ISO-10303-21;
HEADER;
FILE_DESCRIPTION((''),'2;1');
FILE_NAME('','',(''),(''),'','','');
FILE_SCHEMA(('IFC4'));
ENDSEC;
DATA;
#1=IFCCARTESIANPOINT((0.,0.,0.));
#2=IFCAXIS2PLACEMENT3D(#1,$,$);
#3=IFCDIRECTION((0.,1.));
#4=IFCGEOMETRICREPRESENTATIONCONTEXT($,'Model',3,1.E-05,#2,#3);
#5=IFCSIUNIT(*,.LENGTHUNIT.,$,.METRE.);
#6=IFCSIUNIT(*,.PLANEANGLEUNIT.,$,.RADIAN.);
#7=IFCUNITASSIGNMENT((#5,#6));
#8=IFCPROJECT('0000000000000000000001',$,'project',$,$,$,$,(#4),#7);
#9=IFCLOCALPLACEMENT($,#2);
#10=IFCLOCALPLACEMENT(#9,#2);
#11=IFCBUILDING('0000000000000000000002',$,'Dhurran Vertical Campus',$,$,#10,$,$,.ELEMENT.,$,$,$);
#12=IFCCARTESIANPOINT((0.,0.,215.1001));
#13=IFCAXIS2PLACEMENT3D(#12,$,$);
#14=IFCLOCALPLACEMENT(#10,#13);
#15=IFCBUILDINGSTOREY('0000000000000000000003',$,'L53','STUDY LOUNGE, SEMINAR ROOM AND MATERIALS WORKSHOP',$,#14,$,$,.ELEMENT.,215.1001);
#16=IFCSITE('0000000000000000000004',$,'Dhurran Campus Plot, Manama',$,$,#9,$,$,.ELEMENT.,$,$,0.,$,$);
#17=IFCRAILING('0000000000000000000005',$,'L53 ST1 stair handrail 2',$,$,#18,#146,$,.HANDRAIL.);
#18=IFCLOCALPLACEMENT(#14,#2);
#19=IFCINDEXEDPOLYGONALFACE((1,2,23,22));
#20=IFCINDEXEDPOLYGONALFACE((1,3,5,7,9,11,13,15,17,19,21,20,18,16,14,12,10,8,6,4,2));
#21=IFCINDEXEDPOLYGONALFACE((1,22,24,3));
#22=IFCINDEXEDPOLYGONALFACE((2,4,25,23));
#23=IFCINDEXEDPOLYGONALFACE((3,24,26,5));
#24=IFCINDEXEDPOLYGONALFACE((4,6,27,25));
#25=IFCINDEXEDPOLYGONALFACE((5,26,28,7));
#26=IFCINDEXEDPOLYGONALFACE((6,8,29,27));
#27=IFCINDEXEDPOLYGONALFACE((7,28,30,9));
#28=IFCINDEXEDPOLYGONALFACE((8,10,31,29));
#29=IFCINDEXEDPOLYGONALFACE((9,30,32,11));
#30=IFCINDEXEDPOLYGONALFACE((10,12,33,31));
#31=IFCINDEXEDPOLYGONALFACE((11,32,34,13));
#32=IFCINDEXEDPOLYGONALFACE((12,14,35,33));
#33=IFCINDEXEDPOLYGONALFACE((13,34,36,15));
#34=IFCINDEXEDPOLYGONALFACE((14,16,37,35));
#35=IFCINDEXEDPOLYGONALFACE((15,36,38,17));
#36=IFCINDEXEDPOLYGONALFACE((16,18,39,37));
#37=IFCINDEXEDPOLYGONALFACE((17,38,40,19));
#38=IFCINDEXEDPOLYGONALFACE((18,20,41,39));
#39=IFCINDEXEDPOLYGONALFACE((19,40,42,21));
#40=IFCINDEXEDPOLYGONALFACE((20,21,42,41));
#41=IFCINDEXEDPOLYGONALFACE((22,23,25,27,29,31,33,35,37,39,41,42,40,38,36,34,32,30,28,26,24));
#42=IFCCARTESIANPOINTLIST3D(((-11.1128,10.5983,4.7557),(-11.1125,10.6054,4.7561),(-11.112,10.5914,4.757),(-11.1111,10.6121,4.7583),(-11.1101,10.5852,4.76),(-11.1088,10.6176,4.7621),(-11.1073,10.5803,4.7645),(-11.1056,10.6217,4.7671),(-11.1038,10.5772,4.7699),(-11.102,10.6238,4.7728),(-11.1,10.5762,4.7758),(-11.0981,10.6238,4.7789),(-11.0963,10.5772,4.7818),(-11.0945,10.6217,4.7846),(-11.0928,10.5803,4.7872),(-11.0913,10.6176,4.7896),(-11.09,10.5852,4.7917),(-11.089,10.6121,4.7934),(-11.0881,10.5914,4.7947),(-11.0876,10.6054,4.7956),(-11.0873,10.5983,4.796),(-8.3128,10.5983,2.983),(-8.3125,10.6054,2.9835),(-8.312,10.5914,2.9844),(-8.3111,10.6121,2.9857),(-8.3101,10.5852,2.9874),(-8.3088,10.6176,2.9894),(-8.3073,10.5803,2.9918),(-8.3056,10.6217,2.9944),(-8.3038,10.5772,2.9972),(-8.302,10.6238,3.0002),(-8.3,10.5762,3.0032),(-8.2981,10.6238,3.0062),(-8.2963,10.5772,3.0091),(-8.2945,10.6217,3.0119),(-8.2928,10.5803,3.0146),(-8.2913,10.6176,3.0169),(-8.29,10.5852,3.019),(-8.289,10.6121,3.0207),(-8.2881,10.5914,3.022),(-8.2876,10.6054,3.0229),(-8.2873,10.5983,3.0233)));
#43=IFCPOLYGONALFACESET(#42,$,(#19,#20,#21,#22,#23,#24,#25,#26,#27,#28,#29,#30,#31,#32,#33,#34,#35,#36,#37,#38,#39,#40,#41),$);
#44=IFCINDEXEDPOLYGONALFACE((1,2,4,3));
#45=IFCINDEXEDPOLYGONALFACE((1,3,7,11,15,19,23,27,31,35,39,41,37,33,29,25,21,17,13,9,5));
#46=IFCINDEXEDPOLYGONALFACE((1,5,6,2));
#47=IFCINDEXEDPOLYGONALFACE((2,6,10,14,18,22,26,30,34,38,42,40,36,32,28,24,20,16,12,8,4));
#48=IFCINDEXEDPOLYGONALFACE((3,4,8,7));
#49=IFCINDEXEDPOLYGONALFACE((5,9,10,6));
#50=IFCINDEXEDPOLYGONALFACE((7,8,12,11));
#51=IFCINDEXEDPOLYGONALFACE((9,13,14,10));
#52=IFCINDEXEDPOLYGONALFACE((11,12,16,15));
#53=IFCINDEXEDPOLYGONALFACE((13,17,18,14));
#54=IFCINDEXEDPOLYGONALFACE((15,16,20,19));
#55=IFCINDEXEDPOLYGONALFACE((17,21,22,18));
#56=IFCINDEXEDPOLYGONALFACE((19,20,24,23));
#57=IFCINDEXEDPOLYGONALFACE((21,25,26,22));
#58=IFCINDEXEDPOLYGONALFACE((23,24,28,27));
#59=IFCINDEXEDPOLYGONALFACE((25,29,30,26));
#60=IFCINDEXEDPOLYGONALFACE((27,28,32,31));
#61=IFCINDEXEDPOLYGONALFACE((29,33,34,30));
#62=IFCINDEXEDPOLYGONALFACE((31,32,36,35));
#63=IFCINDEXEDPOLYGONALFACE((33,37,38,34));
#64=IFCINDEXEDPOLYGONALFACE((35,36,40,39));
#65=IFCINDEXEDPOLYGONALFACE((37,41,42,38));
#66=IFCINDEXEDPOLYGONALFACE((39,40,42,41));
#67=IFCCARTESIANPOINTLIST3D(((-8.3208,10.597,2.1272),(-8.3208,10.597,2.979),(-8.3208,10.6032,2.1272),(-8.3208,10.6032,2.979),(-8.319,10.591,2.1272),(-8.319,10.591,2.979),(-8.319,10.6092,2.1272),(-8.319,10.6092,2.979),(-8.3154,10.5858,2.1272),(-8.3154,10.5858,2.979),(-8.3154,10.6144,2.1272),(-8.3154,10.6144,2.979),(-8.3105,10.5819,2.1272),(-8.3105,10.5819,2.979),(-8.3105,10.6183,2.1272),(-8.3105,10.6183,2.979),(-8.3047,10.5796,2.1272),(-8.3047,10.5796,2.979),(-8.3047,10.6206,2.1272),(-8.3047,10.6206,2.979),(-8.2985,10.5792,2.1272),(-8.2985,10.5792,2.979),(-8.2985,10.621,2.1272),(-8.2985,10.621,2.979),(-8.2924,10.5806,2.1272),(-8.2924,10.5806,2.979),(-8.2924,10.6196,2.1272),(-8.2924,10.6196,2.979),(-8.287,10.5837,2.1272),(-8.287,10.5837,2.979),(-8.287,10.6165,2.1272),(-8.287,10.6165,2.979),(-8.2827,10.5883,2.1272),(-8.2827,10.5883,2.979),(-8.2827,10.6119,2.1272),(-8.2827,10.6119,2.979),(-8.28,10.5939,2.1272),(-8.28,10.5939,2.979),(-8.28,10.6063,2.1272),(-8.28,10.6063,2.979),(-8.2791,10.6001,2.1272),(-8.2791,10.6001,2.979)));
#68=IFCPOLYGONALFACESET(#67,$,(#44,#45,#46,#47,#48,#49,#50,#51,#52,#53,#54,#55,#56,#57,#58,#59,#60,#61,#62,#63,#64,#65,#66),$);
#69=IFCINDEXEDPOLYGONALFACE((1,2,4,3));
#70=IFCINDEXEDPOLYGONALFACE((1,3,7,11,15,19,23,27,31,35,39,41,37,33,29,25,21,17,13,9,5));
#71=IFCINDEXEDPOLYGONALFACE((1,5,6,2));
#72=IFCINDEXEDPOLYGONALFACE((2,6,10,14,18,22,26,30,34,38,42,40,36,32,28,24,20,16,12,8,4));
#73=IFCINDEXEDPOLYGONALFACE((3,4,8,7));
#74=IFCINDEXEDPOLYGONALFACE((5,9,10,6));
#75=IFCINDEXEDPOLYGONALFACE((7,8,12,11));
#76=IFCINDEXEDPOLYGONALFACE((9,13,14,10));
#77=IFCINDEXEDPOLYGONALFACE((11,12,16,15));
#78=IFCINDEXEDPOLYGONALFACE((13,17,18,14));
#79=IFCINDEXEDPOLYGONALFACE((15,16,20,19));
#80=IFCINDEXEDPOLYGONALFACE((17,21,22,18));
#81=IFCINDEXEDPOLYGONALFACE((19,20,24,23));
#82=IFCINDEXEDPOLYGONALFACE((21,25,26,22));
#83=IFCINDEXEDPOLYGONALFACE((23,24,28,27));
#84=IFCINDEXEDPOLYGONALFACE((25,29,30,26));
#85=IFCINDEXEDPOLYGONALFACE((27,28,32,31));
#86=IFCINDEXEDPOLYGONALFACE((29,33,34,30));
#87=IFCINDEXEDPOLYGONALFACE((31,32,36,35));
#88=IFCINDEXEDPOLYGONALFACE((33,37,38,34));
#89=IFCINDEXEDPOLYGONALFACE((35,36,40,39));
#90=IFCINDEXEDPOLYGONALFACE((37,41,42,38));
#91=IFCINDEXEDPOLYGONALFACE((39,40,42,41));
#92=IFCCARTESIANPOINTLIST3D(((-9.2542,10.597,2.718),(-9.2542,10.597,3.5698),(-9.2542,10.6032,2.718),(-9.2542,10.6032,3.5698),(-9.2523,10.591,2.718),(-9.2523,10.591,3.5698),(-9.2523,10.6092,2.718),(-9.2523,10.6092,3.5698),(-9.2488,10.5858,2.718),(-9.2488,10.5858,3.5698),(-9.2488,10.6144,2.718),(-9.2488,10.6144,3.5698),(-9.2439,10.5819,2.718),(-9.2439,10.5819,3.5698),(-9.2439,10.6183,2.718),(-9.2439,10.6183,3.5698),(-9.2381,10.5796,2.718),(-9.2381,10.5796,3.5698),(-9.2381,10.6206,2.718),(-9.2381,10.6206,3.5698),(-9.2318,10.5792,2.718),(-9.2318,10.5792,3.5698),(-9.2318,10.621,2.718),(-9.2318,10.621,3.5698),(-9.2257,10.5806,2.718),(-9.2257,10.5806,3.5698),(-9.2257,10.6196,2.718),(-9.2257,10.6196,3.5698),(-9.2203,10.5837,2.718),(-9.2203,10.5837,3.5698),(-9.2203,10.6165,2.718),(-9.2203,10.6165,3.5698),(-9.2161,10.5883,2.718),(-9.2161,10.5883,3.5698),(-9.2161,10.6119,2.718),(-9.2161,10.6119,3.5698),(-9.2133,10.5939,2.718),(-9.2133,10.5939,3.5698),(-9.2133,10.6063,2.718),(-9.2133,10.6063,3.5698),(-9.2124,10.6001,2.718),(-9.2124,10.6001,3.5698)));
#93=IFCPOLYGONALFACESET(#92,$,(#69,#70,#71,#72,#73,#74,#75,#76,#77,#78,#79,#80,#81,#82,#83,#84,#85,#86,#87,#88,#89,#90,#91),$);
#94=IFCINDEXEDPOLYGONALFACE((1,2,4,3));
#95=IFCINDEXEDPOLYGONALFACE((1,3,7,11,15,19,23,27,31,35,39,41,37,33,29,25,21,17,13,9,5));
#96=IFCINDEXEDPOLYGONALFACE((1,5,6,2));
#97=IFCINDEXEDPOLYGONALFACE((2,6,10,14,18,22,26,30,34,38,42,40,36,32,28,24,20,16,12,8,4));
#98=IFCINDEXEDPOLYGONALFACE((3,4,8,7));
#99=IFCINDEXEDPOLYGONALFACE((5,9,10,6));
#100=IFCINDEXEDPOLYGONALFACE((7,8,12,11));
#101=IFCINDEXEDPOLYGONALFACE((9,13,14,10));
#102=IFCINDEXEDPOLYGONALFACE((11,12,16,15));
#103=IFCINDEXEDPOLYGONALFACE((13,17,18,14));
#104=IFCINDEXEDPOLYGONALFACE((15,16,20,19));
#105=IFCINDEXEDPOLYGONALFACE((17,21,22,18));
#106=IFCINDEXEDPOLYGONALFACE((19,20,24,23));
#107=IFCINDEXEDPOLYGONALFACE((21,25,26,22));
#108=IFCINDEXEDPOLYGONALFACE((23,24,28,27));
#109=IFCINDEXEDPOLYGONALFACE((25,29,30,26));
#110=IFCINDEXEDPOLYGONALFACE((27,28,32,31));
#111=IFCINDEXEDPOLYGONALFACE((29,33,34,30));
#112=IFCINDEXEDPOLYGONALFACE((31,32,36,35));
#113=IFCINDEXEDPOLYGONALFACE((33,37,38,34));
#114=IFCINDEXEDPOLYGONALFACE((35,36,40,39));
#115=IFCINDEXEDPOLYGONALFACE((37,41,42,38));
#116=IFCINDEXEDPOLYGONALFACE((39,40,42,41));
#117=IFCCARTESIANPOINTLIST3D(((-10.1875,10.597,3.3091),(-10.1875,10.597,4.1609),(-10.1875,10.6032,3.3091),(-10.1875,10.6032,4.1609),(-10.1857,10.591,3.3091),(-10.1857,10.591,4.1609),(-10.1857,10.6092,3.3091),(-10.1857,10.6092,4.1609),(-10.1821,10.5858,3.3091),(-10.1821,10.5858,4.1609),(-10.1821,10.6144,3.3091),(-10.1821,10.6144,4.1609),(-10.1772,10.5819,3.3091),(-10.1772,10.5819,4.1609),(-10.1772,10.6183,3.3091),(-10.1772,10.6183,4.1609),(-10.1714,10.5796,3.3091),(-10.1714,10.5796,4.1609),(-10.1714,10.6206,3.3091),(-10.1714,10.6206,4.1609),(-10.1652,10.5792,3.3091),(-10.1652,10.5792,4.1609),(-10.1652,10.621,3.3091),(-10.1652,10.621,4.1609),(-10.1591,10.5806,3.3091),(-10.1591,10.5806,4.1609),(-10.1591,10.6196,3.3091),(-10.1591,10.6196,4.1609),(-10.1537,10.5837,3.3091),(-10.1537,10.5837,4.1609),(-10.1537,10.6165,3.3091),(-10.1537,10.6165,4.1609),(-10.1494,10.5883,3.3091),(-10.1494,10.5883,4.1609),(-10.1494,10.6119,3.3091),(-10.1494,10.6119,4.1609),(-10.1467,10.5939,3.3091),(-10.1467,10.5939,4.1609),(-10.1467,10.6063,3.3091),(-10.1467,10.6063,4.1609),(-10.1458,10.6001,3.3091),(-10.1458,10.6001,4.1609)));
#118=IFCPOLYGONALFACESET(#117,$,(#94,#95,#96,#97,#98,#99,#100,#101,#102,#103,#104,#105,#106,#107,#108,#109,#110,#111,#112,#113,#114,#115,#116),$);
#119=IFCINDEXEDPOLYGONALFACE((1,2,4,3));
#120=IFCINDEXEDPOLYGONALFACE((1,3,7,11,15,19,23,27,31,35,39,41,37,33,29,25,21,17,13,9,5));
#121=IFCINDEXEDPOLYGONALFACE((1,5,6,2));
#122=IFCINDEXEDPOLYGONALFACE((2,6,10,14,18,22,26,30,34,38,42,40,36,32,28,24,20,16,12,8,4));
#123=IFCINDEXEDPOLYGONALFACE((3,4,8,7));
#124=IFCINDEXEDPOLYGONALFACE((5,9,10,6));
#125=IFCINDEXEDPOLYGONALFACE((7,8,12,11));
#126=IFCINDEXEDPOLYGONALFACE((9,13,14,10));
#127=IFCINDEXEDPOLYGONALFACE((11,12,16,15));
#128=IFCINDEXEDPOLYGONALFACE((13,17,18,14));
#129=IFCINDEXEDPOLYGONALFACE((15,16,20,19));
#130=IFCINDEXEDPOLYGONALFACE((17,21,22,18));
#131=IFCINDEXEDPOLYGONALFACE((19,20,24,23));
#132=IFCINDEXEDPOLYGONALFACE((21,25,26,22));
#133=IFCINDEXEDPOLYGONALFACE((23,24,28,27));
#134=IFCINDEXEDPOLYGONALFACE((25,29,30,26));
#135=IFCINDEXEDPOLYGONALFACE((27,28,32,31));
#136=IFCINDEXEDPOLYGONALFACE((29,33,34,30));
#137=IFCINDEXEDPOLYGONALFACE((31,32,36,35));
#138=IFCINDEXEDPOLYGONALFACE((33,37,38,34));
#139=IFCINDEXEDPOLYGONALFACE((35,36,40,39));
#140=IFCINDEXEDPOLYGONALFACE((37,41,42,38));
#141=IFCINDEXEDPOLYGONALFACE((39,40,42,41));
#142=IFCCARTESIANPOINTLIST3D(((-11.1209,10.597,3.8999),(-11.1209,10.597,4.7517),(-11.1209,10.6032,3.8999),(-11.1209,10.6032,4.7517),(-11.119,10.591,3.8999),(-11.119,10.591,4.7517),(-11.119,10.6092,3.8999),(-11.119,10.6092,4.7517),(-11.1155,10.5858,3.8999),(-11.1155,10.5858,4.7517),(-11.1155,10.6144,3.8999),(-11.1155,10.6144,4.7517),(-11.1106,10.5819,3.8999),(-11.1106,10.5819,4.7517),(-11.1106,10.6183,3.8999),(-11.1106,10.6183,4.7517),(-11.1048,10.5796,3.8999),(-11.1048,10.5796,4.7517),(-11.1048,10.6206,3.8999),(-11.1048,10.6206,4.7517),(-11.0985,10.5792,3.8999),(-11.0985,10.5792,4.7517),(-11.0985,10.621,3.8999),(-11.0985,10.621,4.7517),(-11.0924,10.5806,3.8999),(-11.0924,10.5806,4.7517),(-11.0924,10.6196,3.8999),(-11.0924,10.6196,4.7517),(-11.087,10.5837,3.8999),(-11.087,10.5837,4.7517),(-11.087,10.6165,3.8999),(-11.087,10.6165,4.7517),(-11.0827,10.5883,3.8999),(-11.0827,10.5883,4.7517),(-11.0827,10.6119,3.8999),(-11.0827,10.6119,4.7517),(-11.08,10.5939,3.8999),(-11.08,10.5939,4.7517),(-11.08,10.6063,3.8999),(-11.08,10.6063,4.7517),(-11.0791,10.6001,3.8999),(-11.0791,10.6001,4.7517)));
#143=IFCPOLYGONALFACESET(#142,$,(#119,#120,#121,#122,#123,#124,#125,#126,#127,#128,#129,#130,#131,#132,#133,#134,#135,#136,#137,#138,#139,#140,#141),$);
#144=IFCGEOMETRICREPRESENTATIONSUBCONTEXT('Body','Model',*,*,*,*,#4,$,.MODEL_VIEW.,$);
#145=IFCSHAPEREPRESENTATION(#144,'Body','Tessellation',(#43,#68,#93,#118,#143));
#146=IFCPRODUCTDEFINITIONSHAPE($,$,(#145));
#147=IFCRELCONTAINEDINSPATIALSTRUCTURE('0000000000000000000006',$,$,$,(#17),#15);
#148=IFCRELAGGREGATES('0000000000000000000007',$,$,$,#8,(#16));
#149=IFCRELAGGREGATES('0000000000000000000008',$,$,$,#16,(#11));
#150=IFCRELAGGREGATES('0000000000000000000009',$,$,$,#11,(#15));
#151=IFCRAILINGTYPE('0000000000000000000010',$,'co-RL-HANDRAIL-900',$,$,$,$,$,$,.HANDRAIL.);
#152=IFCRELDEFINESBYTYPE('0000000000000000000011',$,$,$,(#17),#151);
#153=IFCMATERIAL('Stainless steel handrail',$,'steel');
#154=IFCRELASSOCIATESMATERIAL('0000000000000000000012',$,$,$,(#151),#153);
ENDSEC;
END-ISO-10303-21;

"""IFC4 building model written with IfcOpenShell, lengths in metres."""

from ifc_helpers import new_model, si_unit, direction, frame, origin, origin_2d, place, context, subcontext, project, spatial, circle, extrude, material, type_object, element, save


model = new_model("IFC4")

# Units and contexts
model_context = context("Model", 3, precision=1e-05, world=origin(), true_north=direction((0.0, 1.0)))
body_context = subcontext(model_context, "Body", "Model", "MODEL_VIEW")
ifc_project = project(units=[si_unit("LENGTHUNIT", "METRE"), si_unit("PLANEANGLEUNIT", "RADIAN")], contexts=[model_context])

# Site, building, storey
site_placement = place(None, origin())
site = spatial("IfcSite", under=ifc_project, at=site_placement, Name="Dhurran Campus Plot, Manama", CompositionType="ELEMENT", RefElevation=0.0)
building_placement = place(site_placement, origin())
building = spatial("IfcBuilding", under=site, at=building_placement, Name="Dhurran Vertical Campus", CompositionType="ELEMENT")
storey_placement = place(building_placement, frame((0.0, 0.0, 215.1001)))
storey = spatial("IfcBuildingStorey", under=building, at=storey_placement, Name="L53", Description="STUDY LOUNGE, SEMINAR ROOM AND MATERIALS WORKSHOP", CompositionType="ELEMENT", Elevation=215.1001)

# Railing
ifc_material_1 = material(Name="Stainless steel handrail", Category="steel")
railing_type_1 = type_object("IfcRailingType", Name="co-RL-HANDRAIL-900", PredefinedType="HANDRAIL", material=ifc_material_1)
railing_1_placement = place(storey_placement, frame((-8.3, 10.6001, 2.1272)))
element("IfcRailing", 1, at=railing_1_placement, inside=storey, type_object=railing_type_1, Name="L53 ST1 stair handrail 2", PredefinedType="HANDRAIL", context=body_context, shape_type="SweptSolid", body=[
    extrude(circle(Radius=0.0239, at=origin_2d()), frame((0.0, 0.0, 0.876), z_axis=(-0.844909, 0.0, 0.53491), x_axis=(0.0, -1.0, 0.0)), (0.0, 0.0, 1.0), 3.314),
    extrude(circle(Radius=0.021, at=origin_2d()), origin(), (0.0, 0.0, 1.0), 0.8518),
    extrude(circle(Radius=0.021, at=origin_2d()), frame((-0.9333, 0.0, 0.5908)), (0.0, 0.0, 1.0), 0.8518),
    extrude(circle(Radius=0.021, at=origin_2d()), frame((-1.8667, 0.0, 1.1819)), (0.0, 0.0, 1.0), 0.8518),
    extrude(circle(Radius=0.021, at=origin_2d()), frame((-2.8, 0.0, 1.7727)), (0.0, 0.0, 1.0), 0.8518),
])

save(model, "model.ifc")
